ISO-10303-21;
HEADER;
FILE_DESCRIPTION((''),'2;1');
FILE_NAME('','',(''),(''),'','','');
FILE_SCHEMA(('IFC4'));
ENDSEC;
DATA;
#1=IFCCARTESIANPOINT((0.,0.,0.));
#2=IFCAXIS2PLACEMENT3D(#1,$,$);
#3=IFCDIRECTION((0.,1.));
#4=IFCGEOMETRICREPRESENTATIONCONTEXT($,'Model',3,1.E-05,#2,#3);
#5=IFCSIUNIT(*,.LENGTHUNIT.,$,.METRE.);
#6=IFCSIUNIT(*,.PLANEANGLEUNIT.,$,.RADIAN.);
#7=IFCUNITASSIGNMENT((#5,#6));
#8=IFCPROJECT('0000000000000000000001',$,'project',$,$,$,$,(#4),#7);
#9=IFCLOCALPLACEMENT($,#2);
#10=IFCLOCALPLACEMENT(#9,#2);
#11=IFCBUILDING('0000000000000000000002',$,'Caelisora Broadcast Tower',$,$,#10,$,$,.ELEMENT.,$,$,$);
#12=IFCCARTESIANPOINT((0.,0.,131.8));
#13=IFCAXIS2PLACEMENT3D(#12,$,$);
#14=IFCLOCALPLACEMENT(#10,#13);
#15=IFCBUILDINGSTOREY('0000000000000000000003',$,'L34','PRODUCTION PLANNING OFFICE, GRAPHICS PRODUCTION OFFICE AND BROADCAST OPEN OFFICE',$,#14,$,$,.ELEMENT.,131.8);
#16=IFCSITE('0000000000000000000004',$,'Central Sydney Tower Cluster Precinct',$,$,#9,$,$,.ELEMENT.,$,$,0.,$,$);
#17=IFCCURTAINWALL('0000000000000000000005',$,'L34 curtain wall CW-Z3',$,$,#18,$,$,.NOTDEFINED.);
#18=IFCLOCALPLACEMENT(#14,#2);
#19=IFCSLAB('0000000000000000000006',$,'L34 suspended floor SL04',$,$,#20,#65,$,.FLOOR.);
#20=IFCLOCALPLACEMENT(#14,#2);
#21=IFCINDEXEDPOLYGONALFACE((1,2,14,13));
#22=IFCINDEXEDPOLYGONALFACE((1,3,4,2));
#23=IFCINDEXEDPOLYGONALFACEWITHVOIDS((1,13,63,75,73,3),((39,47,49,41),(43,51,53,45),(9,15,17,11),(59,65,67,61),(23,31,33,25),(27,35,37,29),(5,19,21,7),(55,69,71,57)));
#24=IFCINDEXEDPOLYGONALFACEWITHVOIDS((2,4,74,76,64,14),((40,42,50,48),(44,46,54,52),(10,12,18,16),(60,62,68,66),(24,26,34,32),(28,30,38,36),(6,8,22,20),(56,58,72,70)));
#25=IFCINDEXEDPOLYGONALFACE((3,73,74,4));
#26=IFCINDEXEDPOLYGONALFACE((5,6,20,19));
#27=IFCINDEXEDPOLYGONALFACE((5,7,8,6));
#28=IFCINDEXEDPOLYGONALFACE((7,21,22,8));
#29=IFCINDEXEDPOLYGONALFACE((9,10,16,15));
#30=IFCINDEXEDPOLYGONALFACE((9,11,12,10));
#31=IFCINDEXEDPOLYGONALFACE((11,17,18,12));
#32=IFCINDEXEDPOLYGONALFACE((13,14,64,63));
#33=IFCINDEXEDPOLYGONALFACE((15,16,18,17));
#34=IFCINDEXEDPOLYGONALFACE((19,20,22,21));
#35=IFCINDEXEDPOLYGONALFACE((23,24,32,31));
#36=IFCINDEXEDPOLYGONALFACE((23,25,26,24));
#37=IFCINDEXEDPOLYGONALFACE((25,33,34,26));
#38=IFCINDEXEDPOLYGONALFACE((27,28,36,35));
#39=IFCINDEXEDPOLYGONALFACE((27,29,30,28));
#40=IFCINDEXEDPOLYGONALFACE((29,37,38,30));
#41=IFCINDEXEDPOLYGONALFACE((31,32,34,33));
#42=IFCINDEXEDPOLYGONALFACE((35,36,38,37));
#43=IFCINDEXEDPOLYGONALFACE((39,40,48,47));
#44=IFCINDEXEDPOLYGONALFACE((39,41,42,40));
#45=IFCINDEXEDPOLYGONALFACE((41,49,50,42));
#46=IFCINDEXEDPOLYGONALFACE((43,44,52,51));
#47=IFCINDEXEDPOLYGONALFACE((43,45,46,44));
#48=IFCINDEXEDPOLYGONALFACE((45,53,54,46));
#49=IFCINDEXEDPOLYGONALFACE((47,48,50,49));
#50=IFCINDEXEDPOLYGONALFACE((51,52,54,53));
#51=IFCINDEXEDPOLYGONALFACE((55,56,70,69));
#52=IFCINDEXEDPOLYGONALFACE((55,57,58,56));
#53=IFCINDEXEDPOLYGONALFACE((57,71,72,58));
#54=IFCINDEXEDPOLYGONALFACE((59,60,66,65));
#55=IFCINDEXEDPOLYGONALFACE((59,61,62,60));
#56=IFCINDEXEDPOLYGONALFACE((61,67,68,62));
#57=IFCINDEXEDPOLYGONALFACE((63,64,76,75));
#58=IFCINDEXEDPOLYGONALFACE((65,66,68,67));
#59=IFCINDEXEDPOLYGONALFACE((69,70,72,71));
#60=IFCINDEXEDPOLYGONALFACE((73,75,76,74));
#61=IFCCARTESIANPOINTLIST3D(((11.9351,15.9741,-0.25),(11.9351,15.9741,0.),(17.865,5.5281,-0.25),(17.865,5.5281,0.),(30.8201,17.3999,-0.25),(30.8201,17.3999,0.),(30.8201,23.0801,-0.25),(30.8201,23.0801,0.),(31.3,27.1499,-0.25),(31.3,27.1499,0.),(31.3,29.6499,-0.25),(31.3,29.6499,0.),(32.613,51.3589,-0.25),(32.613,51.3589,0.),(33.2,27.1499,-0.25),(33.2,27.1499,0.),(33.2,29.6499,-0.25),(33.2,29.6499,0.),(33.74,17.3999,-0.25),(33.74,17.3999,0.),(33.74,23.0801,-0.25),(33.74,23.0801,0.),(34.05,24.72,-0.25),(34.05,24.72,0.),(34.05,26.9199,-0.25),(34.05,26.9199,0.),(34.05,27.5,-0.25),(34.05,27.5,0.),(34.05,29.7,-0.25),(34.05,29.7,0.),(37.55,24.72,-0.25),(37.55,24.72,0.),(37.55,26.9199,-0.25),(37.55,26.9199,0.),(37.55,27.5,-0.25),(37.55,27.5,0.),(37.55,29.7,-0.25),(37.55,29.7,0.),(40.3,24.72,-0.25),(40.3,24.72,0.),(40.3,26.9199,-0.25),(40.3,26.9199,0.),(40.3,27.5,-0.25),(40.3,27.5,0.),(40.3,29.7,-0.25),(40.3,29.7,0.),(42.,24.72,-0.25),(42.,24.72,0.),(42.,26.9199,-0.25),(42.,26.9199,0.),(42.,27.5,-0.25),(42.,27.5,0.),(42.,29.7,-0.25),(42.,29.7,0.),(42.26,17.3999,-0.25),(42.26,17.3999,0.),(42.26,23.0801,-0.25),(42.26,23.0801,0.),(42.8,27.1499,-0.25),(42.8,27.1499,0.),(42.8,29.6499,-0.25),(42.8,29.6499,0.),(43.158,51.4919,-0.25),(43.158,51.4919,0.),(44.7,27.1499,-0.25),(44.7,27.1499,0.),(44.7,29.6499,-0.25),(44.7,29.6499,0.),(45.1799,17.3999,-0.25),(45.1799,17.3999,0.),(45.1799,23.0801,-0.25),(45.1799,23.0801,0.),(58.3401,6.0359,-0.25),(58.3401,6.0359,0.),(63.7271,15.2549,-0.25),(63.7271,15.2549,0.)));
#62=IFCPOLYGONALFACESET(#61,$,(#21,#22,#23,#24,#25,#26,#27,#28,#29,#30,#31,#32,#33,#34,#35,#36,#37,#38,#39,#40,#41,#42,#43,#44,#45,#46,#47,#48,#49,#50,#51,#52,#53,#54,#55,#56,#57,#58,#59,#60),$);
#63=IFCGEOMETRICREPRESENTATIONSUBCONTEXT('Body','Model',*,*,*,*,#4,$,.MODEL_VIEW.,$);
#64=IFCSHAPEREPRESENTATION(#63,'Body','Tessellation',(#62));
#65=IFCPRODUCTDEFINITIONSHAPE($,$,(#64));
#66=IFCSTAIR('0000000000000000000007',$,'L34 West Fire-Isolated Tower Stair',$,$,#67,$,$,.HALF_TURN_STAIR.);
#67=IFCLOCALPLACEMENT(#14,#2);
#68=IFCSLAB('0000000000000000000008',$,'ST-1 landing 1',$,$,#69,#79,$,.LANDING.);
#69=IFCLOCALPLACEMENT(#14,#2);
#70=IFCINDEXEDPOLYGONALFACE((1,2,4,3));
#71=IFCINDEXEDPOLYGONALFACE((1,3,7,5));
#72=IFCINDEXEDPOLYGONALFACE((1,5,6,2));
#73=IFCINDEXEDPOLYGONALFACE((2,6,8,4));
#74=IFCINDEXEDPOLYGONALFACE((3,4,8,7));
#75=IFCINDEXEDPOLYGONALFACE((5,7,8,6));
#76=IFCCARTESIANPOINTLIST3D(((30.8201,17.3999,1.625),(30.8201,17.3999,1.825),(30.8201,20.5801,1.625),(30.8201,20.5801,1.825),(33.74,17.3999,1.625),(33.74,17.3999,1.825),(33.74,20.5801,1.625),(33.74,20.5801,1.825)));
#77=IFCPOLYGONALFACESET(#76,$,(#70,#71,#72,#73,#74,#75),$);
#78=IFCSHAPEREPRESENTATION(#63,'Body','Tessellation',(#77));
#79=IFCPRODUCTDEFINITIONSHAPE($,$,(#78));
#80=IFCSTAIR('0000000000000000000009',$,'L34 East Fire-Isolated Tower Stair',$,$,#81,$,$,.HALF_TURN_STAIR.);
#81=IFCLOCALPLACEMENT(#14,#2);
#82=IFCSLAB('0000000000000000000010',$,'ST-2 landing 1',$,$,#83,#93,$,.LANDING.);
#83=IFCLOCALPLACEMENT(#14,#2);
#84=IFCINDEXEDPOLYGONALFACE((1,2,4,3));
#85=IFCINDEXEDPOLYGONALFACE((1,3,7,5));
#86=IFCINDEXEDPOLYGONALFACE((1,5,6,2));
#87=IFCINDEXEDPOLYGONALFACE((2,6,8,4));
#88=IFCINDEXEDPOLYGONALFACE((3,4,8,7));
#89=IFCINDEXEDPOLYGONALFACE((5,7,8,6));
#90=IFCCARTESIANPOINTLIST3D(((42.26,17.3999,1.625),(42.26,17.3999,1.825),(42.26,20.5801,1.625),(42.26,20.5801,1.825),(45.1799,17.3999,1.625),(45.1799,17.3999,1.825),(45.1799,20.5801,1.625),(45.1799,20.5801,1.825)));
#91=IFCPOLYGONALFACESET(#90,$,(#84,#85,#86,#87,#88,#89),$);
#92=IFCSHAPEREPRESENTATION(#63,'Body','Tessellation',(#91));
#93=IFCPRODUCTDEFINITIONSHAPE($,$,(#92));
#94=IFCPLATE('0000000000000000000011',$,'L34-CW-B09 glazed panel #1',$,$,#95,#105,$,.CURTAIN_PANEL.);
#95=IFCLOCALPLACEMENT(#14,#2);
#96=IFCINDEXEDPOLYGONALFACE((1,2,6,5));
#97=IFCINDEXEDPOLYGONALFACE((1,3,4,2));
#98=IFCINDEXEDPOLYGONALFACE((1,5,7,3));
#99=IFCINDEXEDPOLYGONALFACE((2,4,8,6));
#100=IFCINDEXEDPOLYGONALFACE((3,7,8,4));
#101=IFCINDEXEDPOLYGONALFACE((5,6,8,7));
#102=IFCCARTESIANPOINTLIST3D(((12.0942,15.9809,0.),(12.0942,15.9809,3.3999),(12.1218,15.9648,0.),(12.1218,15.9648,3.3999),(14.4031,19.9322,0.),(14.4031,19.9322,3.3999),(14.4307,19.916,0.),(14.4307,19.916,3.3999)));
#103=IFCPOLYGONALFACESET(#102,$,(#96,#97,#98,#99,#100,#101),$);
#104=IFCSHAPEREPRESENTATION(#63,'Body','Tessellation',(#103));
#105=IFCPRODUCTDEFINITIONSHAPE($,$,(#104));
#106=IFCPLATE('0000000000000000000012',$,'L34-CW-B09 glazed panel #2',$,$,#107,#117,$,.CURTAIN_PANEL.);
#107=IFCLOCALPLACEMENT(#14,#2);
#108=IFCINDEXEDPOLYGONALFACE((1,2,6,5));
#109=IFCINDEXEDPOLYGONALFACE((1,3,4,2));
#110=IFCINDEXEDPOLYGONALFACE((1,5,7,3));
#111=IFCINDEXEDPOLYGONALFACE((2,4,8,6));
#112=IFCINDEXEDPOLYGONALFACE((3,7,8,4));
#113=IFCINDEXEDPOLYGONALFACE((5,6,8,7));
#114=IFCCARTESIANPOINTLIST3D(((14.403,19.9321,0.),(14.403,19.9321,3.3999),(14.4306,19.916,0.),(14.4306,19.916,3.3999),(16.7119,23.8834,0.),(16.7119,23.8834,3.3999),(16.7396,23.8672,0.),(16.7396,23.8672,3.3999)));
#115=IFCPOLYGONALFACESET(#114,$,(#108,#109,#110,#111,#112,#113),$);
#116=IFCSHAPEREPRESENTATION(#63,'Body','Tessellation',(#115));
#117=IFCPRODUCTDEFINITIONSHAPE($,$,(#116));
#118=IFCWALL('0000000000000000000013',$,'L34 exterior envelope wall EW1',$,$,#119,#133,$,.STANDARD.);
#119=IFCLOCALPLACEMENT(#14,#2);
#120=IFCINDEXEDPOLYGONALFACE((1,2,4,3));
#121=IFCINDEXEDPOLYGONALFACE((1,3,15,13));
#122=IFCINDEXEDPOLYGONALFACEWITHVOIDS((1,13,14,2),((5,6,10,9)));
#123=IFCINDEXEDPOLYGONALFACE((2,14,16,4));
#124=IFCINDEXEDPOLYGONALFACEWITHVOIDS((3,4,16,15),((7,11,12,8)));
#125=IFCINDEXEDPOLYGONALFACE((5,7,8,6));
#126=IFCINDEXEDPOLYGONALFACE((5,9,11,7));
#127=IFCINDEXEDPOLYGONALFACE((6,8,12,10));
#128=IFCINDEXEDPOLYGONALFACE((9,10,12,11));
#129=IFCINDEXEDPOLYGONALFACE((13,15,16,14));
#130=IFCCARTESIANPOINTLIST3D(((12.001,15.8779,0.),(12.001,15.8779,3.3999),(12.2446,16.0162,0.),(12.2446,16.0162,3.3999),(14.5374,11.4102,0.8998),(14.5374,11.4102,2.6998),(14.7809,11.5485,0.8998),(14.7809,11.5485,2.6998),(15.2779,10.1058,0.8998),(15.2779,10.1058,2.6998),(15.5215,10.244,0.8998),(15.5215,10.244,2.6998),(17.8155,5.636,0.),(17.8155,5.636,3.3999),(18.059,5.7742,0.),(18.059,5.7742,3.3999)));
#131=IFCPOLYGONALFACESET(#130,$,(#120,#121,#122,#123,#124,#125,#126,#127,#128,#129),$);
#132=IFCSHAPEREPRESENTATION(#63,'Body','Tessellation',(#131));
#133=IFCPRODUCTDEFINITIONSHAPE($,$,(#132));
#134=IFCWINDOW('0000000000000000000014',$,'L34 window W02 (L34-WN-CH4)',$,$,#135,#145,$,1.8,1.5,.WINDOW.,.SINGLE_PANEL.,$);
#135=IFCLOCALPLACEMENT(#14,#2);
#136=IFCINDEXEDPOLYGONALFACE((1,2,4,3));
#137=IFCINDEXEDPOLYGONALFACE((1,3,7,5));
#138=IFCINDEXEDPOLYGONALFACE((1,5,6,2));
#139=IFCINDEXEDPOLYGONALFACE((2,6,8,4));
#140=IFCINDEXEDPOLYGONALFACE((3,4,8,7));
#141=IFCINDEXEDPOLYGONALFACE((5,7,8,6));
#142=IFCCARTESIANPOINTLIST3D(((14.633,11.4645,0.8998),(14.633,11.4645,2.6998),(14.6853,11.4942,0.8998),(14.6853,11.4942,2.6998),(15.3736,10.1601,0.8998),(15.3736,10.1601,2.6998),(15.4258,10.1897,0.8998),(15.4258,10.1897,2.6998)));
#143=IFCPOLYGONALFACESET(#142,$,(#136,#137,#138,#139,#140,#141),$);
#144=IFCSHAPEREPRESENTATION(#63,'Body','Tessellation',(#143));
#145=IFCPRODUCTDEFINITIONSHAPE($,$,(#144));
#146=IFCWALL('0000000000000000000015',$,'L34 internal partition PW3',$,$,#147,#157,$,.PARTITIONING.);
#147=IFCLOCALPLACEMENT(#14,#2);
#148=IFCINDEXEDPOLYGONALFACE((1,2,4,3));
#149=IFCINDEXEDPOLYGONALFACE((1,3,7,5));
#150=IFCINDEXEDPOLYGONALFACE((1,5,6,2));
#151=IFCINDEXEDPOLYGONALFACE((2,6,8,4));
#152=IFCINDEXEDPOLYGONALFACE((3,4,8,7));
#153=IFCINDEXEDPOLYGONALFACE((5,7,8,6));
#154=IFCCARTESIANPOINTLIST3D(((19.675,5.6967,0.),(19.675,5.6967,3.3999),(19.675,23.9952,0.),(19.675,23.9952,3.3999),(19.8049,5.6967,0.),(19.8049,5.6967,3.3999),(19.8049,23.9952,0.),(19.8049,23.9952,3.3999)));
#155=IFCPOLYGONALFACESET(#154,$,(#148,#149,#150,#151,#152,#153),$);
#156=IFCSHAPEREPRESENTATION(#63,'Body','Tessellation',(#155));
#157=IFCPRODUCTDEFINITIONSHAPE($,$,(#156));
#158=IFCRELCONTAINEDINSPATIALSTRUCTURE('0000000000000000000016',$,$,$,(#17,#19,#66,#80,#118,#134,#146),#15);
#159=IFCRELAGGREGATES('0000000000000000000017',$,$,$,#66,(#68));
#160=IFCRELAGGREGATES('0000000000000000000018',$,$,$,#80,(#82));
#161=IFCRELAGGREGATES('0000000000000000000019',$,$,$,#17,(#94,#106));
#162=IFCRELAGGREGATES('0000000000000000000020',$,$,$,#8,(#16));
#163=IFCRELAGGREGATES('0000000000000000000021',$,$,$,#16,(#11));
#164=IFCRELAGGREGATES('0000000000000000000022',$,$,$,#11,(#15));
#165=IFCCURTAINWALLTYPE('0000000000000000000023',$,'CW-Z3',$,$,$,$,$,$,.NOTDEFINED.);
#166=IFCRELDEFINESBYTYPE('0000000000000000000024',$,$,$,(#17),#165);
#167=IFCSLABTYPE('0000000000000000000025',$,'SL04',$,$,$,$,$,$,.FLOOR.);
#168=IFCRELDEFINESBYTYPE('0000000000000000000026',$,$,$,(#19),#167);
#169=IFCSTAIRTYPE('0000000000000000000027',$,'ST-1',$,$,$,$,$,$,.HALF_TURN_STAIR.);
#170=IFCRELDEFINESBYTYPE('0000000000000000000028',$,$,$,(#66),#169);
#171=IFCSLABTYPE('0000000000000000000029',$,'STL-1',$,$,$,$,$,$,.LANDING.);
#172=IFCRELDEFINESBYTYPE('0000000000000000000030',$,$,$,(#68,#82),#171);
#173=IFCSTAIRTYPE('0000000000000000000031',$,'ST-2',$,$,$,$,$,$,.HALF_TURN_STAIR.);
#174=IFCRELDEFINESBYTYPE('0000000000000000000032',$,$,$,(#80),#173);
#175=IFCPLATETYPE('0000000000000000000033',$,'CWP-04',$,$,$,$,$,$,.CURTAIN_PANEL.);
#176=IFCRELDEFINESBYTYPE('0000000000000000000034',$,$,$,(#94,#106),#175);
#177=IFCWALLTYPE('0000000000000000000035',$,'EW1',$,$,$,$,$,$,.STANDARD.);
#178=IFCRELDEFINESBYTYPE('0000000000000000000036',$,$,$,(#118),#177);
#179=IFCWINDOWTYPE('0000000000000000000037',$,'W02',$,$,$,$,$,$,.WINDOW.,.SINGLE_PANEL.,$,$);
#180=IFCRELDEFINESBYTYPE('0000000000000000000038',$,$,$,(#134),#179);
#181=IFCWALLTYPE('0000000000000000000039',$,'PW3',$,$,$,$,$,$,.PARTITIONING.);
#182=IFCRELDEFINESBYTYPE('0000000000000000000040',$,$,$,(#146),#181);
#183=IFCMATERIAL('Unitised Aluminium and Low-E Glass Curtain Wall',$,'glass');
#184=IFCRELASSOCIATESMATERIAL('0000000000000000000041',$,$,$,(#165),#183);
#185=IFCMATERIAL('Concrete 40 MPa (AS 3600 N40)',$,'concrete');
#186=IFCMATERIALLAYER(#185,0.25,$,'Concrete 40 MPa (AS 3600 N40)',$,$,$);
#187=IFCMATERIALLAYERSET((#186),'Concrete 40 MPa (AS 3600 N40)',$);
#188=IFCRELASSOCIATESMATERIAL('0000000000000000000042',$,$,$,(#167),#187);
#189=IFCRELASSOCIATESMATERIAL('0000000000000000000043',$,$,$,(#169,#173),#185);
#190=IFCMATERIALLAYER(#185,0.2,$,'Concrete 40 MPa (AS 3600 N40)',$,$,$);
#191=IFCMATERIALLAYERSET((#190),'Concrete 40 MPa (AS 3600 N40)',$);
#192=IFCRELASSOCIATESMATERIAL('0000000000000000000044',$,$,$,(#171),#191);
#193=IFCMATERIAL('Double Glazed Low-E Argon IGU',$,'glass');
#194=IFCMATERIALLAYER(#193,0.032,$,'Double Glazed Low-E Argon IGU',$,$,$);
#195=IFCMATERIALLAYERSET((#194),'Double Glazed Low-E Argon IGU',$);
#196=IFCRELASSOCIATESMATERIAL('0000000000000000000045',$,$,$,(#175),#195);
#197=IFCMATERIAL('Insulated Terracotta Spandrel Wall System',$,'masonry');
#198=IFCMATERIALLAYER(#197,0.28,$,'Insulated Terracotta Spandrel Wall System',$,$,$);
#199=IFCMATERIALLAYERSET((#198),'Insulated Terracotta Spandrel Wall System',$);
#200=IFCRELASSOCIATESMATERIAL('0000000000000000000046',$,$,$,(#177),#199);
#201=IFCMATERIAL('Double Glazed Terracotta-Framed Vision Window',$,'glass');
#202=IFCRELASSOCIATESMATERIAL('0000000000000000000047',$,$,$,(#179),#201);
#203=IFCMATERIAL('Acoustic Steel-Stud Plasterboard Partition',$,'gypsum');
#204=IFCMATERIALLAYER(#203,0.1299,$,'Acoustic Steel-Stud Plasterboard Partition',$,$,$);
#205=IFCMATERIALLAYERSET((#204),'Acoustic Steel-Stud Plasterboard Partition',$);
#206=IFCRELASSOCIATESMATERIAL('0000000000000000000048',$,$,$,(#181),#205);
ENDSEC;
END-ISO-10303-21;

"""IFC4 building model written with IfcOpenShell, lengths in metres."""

from ifc_helpers import new_model, si_unit, direction, frame, frame_2d, origin, origin_2d, place, context, subcontext, project, spatial, polyline, rectangle, outline, extrude, source, transform, mapped, material, layer, layer_set, type_object, type_shapes, element, fill, aggregate, save


model = new_model("IFC4")

# Units and contexts
model_context = context("Model", 3, precision=1e-05, world=origin(), true_north=direction((0.0, 1.0)))
body_context = subcontext(model_context, "Body", "Model", "MODEL_VIEW")
ifc_project = project(units=[si_unit("LENGTHUNIT", "METRE"), si_unit("PLANEANGLEUNIT", "RADIAN")], contexts=[model_context])

# Site, building, storey
site_placement = place(None, origin())
site = spatial("IfcSite", under=ifc_project, at=site_placement, Name="Central Sydney Tower Cluster Precinct", CompositionType="ELEMENT", RefElevation=0.0)
building_placement = place(site_placement, origin())
building = spatial("IfcBuilding", under=site, at=building_placement, Name="Caelisora Broadcast Tower", CompositionType="ELEMENT")
storey_placement = place(building_placement, frame((0.0, 0.0, 131.8)))
storey = spatial("IfcBuildingStorey", under=building, at=storey_placement, Name="L34", Description="PRODUCTION PLANNING OFFICE, GRAPHICS PRODUCTION OFFICE AND BROADCAST OPEN OFFICE", CompositionType="ELEMENT", Elevation=131.8)

# Shared definitions
ifc_material_1 = material(Name="Unitised Aluminium and Low-E Glass Curtain Wall", Category="glass")
curtain_wall_type = type_object("IfcCurtainWallType", Name="CW-Z3", PredefinedType="NOTDEFINED", material=ifc_material_1)

# Curtain wall
curtain_wall_1_placement = place(storey_placement, origin())
curtain_wall_1 = element("IfcCurtainWall", 1, at=curtain_wall_1_placement, inside=storey, type_object=curtain_wall_type, Name="L34 curtain wall CW-Z3", PredefinedType="NOTDEFINED")

# Slab
ifc_material_2 = material(Name="Concrete 40 MPa (AS 3600 N40)", Category="concrete")
ifc_layer_1 = layer(ifc_material_2, 0.25, Name="Concrete 40 MPa (AS 3600 N40)")
ifc_layer_set_1 = layer_set([ifc_layer_1], Name="Concrete 40 MPa (AS 3600 N40)")
slab_type_1 = type_object("IfcSlabType", Name="SL04", PredefinedType="FLOOR", material=ifc_layer_set_1)
slab_1_placement = place(storey_placement, frame((0.0, 0.0, -0.25)))
element("IfcSlab", 2, at=slab_1_placement, inside=storey, type_object=slab_type_1, Name="L34 suspended floor SL04", PredefinedType="FLOOR", context=body_context, shape_type="SweptSolid", body=[
    extrude(outline(polyline([(43.158, 51.4919), (32.613, 51.3589), (11.9351, 15.9741), (17.865, 5.5281), (58.3401, 6.0359), (63.7271, 15.2549), (43.158, 51.4919)]), holes=[polyline([(30.8201, 17.3999), (33.74, 17.3999), (33.74, 23.0801), (30.8201, 23.0801), (30.8201, 17.3999)]), polyline([(42.26, 17.3999), (45.1799, 17.3999), (45.1799, 23.0801), (42.26, 23.0801), (42.26, 17.3999)]), polyline([(42.8, 27.1499), (44.7, 27.1499), (44.7, 29.6499), (42.8, 29.6499), (42.8, 27.1499)]), polyline([(40.3, 24.72), (42.0, 24.72), (42.0, 26.9199), (40.3, 26.9199), (40.3, 24.72)]), polyline([(40.3, 27.5), (42.0, 27.5), (42.0, 29.7), (40.3, 29.7), (40.3, 27.5)]), polyline([(34.05, 24.72), (37.55, 24.72), (37.55, 26.9199), (34.05, 26.9199), (34.05, 24.72)]), polyline([(34.05, 27.5), (37.55, 27.5), (37.55, 29.7), (34.05, 29.7), (34.05, 27.5)]), polyline([(31.3, 27.1499), (33.2, 27.1499), (33.2, 29.6499), (31.3, 29.6499), (31.3, 27.1499)])]), origin(), (0.0, 0.0, 1.0), 0.25),
])

# Stairs, slabs
stair_type_1 = type_object("IfcStairType", Name="ST-1", PredefinedType="HALF_TURN_STAIR", material=ifc_material_2)
stair_1_placement = place(storey_placement, origin())
stair_1 = element("IfcStair", 3, at=stair_1_placement, inside=storey, type_object=stair_type_1, Name="L34 West Fire-Isolated Tower Stair", PredefinedType="HALF_TURN_STAIR")
ifc_layer_2 = layer(ifc_material_2, 0.2, Name="Concrete 40 MPa (AS 3600 N40)")
ifc_layer_set_2 = layer_set([ifc_layer_2], Name="Concrete 40 MPa (AS 3600 N40)")
slab_type_2 = type_object("IfcSlabType", Name="STL-1", PredefinedType="LANDING", material=ifc_layer_set_2)
slab_2_placement = place(storey_placement, frame((0.0, 0.0, 1.625)))
slab_2 = element("IfcSlab", 4, at=slab_2_placement, type_object=slab_type_2, Name="ST-1 landing 1", PredefinedType="LANDING", context=body_context, shape_type="SweptSolid", body=[
    extrude(outline(polyline([(30.8201, 20.5801), (30.8201, 17.3999), (33.74, 17.3999), (33.74, 20.5801), (30.8201, 20.5801)])), origin(), (0.0, 0.0, 1.0), 0.2),
])
aggregate(stair_1, [slab_2])
stair_type_2 = type_object("IfcStairType", Name="ST-2", PredefinedType="HALF_TURN_STAIR", material=ifc_material_2)
stair_2_placement = place(storey_placement, origin())
stair_2 = element("IfcStair", 5, at=stair_2_placement, inside=storey, type_object=stair_type_2, Name="L34 East Fire-Isolated Tower Stair", PredefinedType="HALF_TURN_STAIR")
slab_3_placement = place(storey_placement, frame((0.0, 0.0, 1.625)))
slab_3 = element("IfcSlab", 6, at=slab_3_placement, type_object=slab_type_2, Name="ST-2 landing 1", PredefinedType="LANDING", context=body_context, shape_type="SweptSolid", body=[
    extrude(outline(polyline([(42.26, 20.5801), (42.26, 17.3999), (45.1799, 17.3999), (45.1799, 20.5801), (42.26, 20.5801)])), origin(), (0.0, 0.0, 1.0), 0.2),
])
aggregate(stair_2, [slab_3])

# Plates
ifc_material_3 = material(Name="Double Glazed Low-E Argon IGU", Category="glass")
ifc_layer_3 = layer(ifc_material_3, 0.032, Name="Double Glazed Low-E Argon IGU")
ifc_layer_set_3 = layer_set([ifc_layer_3], Name="Double Glazed Low-E Argon IGU")
plate_type = type_object("IfcPlateType", Name="CWP-04", PredefinedType="CURTAIN_PANEL", material=ifc_layer_set_3)
shared_shape_1 = source(origin(), body_context, "Body", "SweptSolid", [
    extrude(rectangle(XDim=4.5764, YDim=0.032, at=origin_2d()), origin(), (0.0, 0.0, 1.0), 3.3999),
])
type_shapes(plate_type, [shared_shape_1])
plate_1_placement = place(storey_placement, frame((13.2625, 17.9485, 0.0), z_axis=(0.0, 0.0, 1.0), x_axis=(0.504528, 0.863396, 0.0)))
plate_1 = element("IfcPlate", 7, at=plate_1_placement, type_object=plate_type, Name="L34-CW-B09 glazed panel #1", PredefinedType="CURTAIN_PANEL", context=body_context, shape_type="MappedRepresentation", body=[
    mapped(shared_shape_1, transform((0.0, 0.0, 0.0), scale=1.0)),
])
plate_2_placement = place(storey_placement, frame((15.5713, 21.8997, 0.0), z_axis=(0.0, 0.0, 1.0), x_axis=(0.504528, 0.863396, 0.0)))
plate_2 = element("IfcPlate", 8, at=plate_2_placement, type_object=plate_type, Name="L34-CW-B09 glazed panel #2", PredefinedType="CURTAIN_PANEL", context=body_context, shape_type="MappedRepresentation", body=[
    mapped(shared_shape_1, transform((0.0, 0.0, 0.0), scale=1.0)),
])
aggregate(curtain_wall_1, [plate_1, plate_2])

# Wall, opening, window
ifc_material_4 = material(Name="Insulated Terracotta Spandrel Wall System", Category="masonry")
ifc_layer_4 = layer(ifc_material_4, 0.28, Name="Insulated Terracotta Spandrel Wall System")
ifc_layer_set_4 = layer_set([ifc_layer_4], Name="Insulated Terracotta Spandrel Wall System")
wall_type_1 = type_object("IfcWallType", Name="EW1", PredefinedType="STANDARD", material=ifc_layer_set_4)
wall_1_placement = place(storey_placement, frame((17.9373, 5.7051, 0.0), z_axis=(0.0, 0.0, 1.0), x_axis=(-0.493699, 0.869633, 0.0)))
wall_1 = element("IfcWall", 9, at=wall_1_placement, inside=storey, type_object=wall_type_1, Name="L34 exterior envelope wall EW1", PredefinedType="STANDARD", context=body_context, shape_type="SweptSolid", body=[
    extrude(rectangle(XDim=11.7773, YDim=0.28, at=frame_2d((5.8887, 0.0))), origin(), (0.0, 0.0, 1.0), 3.3999),
])
opening_1_placement = place(wall_1_placement, frame((5.1399, 0.0, 0.8999)))
opening_1 = element("IfcOpeningElement", 10, at=opening_1_placement, cuts=wall_1, PredefinedType="OPENING", context=body_context, shape_type="SweptSolid", body=[
    extrude(rectangle(XDim=1.5, YDim=1.8, at=frame_2d((0.75, 0.8999))), frame((0.0, 0.1521, 0.0), z_axis=(0.0, -1.0, 0.0), x_axis=(1.0, 0.0, 0.0)), (0.0, 0.0, 1.0), 0.304),
])
ifc_material_5 = material(Name="Double Glazed Terracotta-Framed Vision Window", Category="glass")
window_type = type_object("IfcWindowType", Name="W02", PartitioningType="SINGLE_PANEL", PredefinedType="WINDOW", material=ifc_material_5)
window_placement = place(opening_1_placement, origin())
window = element("IfcWindow", 11, at=window_placement, inside=storey, type_object=window_type, Name="L34 window W02 (L34-WN-CH4)", OverallHeight=1.8, OverallWidth=1.5, PartitioningType="SINGLE_PANEL", PredefinedType="WINDOW", context=body_context, shape_type="SweptSolid", body=[
    extrude(rectangle(XDim=1.5, YDim=1.8, at=frame_2d((0.75, 0.8999))), frame((0.0, 0.03, 0.0), z_axis=(0.0, -1.0, 0.0), x_axis=(1.0, 0.0, 0.0)), (0.0, 0.0, 1.0), 0.0601),
])
fill(opening_1, window)

# Wall
ifc_material_6 = material(Name="Acoustic Steel-Stud Plasterboard Partition", Category="gypsum")
ifc_layer_5 = layer(ifc_material_6, 0.1299, Name="Acoustic Steel-Stud Plasterboard Partition")
ifc_layer_set_5 = layer_set([ifc_layer_5], Name="Acoustic Steel-Stud Plasterboard Partition")
wall_type_2 = type_object("IfcWallType", Name="PW3", PredefinedType="PARTITIONING", material=ifc_layer_set_5)
wall_2_placement = place(storey_placement, frame((19.74, 5.6965, 0.0), z_axis=(0.0, 0.0, 1.0), x_axis=(0.0, 1.0, 0.0)))
element("IfcWall", 12, at=wall_2_placement, inside=storey, type_object=wall_type_2, Name="L34 internal partition PW3", PredefinedType="PARTITIONING", context=body_context, shape_type="SweptSolid", body=[
    extrude(rectangle(XDim=18.2986, YDim=0.1299, at=frame_2d((9.1494, 0.0))), origin(), (0.0, 0.0, 1.0), 3.3999),
])

save(model, "model.ifc")
